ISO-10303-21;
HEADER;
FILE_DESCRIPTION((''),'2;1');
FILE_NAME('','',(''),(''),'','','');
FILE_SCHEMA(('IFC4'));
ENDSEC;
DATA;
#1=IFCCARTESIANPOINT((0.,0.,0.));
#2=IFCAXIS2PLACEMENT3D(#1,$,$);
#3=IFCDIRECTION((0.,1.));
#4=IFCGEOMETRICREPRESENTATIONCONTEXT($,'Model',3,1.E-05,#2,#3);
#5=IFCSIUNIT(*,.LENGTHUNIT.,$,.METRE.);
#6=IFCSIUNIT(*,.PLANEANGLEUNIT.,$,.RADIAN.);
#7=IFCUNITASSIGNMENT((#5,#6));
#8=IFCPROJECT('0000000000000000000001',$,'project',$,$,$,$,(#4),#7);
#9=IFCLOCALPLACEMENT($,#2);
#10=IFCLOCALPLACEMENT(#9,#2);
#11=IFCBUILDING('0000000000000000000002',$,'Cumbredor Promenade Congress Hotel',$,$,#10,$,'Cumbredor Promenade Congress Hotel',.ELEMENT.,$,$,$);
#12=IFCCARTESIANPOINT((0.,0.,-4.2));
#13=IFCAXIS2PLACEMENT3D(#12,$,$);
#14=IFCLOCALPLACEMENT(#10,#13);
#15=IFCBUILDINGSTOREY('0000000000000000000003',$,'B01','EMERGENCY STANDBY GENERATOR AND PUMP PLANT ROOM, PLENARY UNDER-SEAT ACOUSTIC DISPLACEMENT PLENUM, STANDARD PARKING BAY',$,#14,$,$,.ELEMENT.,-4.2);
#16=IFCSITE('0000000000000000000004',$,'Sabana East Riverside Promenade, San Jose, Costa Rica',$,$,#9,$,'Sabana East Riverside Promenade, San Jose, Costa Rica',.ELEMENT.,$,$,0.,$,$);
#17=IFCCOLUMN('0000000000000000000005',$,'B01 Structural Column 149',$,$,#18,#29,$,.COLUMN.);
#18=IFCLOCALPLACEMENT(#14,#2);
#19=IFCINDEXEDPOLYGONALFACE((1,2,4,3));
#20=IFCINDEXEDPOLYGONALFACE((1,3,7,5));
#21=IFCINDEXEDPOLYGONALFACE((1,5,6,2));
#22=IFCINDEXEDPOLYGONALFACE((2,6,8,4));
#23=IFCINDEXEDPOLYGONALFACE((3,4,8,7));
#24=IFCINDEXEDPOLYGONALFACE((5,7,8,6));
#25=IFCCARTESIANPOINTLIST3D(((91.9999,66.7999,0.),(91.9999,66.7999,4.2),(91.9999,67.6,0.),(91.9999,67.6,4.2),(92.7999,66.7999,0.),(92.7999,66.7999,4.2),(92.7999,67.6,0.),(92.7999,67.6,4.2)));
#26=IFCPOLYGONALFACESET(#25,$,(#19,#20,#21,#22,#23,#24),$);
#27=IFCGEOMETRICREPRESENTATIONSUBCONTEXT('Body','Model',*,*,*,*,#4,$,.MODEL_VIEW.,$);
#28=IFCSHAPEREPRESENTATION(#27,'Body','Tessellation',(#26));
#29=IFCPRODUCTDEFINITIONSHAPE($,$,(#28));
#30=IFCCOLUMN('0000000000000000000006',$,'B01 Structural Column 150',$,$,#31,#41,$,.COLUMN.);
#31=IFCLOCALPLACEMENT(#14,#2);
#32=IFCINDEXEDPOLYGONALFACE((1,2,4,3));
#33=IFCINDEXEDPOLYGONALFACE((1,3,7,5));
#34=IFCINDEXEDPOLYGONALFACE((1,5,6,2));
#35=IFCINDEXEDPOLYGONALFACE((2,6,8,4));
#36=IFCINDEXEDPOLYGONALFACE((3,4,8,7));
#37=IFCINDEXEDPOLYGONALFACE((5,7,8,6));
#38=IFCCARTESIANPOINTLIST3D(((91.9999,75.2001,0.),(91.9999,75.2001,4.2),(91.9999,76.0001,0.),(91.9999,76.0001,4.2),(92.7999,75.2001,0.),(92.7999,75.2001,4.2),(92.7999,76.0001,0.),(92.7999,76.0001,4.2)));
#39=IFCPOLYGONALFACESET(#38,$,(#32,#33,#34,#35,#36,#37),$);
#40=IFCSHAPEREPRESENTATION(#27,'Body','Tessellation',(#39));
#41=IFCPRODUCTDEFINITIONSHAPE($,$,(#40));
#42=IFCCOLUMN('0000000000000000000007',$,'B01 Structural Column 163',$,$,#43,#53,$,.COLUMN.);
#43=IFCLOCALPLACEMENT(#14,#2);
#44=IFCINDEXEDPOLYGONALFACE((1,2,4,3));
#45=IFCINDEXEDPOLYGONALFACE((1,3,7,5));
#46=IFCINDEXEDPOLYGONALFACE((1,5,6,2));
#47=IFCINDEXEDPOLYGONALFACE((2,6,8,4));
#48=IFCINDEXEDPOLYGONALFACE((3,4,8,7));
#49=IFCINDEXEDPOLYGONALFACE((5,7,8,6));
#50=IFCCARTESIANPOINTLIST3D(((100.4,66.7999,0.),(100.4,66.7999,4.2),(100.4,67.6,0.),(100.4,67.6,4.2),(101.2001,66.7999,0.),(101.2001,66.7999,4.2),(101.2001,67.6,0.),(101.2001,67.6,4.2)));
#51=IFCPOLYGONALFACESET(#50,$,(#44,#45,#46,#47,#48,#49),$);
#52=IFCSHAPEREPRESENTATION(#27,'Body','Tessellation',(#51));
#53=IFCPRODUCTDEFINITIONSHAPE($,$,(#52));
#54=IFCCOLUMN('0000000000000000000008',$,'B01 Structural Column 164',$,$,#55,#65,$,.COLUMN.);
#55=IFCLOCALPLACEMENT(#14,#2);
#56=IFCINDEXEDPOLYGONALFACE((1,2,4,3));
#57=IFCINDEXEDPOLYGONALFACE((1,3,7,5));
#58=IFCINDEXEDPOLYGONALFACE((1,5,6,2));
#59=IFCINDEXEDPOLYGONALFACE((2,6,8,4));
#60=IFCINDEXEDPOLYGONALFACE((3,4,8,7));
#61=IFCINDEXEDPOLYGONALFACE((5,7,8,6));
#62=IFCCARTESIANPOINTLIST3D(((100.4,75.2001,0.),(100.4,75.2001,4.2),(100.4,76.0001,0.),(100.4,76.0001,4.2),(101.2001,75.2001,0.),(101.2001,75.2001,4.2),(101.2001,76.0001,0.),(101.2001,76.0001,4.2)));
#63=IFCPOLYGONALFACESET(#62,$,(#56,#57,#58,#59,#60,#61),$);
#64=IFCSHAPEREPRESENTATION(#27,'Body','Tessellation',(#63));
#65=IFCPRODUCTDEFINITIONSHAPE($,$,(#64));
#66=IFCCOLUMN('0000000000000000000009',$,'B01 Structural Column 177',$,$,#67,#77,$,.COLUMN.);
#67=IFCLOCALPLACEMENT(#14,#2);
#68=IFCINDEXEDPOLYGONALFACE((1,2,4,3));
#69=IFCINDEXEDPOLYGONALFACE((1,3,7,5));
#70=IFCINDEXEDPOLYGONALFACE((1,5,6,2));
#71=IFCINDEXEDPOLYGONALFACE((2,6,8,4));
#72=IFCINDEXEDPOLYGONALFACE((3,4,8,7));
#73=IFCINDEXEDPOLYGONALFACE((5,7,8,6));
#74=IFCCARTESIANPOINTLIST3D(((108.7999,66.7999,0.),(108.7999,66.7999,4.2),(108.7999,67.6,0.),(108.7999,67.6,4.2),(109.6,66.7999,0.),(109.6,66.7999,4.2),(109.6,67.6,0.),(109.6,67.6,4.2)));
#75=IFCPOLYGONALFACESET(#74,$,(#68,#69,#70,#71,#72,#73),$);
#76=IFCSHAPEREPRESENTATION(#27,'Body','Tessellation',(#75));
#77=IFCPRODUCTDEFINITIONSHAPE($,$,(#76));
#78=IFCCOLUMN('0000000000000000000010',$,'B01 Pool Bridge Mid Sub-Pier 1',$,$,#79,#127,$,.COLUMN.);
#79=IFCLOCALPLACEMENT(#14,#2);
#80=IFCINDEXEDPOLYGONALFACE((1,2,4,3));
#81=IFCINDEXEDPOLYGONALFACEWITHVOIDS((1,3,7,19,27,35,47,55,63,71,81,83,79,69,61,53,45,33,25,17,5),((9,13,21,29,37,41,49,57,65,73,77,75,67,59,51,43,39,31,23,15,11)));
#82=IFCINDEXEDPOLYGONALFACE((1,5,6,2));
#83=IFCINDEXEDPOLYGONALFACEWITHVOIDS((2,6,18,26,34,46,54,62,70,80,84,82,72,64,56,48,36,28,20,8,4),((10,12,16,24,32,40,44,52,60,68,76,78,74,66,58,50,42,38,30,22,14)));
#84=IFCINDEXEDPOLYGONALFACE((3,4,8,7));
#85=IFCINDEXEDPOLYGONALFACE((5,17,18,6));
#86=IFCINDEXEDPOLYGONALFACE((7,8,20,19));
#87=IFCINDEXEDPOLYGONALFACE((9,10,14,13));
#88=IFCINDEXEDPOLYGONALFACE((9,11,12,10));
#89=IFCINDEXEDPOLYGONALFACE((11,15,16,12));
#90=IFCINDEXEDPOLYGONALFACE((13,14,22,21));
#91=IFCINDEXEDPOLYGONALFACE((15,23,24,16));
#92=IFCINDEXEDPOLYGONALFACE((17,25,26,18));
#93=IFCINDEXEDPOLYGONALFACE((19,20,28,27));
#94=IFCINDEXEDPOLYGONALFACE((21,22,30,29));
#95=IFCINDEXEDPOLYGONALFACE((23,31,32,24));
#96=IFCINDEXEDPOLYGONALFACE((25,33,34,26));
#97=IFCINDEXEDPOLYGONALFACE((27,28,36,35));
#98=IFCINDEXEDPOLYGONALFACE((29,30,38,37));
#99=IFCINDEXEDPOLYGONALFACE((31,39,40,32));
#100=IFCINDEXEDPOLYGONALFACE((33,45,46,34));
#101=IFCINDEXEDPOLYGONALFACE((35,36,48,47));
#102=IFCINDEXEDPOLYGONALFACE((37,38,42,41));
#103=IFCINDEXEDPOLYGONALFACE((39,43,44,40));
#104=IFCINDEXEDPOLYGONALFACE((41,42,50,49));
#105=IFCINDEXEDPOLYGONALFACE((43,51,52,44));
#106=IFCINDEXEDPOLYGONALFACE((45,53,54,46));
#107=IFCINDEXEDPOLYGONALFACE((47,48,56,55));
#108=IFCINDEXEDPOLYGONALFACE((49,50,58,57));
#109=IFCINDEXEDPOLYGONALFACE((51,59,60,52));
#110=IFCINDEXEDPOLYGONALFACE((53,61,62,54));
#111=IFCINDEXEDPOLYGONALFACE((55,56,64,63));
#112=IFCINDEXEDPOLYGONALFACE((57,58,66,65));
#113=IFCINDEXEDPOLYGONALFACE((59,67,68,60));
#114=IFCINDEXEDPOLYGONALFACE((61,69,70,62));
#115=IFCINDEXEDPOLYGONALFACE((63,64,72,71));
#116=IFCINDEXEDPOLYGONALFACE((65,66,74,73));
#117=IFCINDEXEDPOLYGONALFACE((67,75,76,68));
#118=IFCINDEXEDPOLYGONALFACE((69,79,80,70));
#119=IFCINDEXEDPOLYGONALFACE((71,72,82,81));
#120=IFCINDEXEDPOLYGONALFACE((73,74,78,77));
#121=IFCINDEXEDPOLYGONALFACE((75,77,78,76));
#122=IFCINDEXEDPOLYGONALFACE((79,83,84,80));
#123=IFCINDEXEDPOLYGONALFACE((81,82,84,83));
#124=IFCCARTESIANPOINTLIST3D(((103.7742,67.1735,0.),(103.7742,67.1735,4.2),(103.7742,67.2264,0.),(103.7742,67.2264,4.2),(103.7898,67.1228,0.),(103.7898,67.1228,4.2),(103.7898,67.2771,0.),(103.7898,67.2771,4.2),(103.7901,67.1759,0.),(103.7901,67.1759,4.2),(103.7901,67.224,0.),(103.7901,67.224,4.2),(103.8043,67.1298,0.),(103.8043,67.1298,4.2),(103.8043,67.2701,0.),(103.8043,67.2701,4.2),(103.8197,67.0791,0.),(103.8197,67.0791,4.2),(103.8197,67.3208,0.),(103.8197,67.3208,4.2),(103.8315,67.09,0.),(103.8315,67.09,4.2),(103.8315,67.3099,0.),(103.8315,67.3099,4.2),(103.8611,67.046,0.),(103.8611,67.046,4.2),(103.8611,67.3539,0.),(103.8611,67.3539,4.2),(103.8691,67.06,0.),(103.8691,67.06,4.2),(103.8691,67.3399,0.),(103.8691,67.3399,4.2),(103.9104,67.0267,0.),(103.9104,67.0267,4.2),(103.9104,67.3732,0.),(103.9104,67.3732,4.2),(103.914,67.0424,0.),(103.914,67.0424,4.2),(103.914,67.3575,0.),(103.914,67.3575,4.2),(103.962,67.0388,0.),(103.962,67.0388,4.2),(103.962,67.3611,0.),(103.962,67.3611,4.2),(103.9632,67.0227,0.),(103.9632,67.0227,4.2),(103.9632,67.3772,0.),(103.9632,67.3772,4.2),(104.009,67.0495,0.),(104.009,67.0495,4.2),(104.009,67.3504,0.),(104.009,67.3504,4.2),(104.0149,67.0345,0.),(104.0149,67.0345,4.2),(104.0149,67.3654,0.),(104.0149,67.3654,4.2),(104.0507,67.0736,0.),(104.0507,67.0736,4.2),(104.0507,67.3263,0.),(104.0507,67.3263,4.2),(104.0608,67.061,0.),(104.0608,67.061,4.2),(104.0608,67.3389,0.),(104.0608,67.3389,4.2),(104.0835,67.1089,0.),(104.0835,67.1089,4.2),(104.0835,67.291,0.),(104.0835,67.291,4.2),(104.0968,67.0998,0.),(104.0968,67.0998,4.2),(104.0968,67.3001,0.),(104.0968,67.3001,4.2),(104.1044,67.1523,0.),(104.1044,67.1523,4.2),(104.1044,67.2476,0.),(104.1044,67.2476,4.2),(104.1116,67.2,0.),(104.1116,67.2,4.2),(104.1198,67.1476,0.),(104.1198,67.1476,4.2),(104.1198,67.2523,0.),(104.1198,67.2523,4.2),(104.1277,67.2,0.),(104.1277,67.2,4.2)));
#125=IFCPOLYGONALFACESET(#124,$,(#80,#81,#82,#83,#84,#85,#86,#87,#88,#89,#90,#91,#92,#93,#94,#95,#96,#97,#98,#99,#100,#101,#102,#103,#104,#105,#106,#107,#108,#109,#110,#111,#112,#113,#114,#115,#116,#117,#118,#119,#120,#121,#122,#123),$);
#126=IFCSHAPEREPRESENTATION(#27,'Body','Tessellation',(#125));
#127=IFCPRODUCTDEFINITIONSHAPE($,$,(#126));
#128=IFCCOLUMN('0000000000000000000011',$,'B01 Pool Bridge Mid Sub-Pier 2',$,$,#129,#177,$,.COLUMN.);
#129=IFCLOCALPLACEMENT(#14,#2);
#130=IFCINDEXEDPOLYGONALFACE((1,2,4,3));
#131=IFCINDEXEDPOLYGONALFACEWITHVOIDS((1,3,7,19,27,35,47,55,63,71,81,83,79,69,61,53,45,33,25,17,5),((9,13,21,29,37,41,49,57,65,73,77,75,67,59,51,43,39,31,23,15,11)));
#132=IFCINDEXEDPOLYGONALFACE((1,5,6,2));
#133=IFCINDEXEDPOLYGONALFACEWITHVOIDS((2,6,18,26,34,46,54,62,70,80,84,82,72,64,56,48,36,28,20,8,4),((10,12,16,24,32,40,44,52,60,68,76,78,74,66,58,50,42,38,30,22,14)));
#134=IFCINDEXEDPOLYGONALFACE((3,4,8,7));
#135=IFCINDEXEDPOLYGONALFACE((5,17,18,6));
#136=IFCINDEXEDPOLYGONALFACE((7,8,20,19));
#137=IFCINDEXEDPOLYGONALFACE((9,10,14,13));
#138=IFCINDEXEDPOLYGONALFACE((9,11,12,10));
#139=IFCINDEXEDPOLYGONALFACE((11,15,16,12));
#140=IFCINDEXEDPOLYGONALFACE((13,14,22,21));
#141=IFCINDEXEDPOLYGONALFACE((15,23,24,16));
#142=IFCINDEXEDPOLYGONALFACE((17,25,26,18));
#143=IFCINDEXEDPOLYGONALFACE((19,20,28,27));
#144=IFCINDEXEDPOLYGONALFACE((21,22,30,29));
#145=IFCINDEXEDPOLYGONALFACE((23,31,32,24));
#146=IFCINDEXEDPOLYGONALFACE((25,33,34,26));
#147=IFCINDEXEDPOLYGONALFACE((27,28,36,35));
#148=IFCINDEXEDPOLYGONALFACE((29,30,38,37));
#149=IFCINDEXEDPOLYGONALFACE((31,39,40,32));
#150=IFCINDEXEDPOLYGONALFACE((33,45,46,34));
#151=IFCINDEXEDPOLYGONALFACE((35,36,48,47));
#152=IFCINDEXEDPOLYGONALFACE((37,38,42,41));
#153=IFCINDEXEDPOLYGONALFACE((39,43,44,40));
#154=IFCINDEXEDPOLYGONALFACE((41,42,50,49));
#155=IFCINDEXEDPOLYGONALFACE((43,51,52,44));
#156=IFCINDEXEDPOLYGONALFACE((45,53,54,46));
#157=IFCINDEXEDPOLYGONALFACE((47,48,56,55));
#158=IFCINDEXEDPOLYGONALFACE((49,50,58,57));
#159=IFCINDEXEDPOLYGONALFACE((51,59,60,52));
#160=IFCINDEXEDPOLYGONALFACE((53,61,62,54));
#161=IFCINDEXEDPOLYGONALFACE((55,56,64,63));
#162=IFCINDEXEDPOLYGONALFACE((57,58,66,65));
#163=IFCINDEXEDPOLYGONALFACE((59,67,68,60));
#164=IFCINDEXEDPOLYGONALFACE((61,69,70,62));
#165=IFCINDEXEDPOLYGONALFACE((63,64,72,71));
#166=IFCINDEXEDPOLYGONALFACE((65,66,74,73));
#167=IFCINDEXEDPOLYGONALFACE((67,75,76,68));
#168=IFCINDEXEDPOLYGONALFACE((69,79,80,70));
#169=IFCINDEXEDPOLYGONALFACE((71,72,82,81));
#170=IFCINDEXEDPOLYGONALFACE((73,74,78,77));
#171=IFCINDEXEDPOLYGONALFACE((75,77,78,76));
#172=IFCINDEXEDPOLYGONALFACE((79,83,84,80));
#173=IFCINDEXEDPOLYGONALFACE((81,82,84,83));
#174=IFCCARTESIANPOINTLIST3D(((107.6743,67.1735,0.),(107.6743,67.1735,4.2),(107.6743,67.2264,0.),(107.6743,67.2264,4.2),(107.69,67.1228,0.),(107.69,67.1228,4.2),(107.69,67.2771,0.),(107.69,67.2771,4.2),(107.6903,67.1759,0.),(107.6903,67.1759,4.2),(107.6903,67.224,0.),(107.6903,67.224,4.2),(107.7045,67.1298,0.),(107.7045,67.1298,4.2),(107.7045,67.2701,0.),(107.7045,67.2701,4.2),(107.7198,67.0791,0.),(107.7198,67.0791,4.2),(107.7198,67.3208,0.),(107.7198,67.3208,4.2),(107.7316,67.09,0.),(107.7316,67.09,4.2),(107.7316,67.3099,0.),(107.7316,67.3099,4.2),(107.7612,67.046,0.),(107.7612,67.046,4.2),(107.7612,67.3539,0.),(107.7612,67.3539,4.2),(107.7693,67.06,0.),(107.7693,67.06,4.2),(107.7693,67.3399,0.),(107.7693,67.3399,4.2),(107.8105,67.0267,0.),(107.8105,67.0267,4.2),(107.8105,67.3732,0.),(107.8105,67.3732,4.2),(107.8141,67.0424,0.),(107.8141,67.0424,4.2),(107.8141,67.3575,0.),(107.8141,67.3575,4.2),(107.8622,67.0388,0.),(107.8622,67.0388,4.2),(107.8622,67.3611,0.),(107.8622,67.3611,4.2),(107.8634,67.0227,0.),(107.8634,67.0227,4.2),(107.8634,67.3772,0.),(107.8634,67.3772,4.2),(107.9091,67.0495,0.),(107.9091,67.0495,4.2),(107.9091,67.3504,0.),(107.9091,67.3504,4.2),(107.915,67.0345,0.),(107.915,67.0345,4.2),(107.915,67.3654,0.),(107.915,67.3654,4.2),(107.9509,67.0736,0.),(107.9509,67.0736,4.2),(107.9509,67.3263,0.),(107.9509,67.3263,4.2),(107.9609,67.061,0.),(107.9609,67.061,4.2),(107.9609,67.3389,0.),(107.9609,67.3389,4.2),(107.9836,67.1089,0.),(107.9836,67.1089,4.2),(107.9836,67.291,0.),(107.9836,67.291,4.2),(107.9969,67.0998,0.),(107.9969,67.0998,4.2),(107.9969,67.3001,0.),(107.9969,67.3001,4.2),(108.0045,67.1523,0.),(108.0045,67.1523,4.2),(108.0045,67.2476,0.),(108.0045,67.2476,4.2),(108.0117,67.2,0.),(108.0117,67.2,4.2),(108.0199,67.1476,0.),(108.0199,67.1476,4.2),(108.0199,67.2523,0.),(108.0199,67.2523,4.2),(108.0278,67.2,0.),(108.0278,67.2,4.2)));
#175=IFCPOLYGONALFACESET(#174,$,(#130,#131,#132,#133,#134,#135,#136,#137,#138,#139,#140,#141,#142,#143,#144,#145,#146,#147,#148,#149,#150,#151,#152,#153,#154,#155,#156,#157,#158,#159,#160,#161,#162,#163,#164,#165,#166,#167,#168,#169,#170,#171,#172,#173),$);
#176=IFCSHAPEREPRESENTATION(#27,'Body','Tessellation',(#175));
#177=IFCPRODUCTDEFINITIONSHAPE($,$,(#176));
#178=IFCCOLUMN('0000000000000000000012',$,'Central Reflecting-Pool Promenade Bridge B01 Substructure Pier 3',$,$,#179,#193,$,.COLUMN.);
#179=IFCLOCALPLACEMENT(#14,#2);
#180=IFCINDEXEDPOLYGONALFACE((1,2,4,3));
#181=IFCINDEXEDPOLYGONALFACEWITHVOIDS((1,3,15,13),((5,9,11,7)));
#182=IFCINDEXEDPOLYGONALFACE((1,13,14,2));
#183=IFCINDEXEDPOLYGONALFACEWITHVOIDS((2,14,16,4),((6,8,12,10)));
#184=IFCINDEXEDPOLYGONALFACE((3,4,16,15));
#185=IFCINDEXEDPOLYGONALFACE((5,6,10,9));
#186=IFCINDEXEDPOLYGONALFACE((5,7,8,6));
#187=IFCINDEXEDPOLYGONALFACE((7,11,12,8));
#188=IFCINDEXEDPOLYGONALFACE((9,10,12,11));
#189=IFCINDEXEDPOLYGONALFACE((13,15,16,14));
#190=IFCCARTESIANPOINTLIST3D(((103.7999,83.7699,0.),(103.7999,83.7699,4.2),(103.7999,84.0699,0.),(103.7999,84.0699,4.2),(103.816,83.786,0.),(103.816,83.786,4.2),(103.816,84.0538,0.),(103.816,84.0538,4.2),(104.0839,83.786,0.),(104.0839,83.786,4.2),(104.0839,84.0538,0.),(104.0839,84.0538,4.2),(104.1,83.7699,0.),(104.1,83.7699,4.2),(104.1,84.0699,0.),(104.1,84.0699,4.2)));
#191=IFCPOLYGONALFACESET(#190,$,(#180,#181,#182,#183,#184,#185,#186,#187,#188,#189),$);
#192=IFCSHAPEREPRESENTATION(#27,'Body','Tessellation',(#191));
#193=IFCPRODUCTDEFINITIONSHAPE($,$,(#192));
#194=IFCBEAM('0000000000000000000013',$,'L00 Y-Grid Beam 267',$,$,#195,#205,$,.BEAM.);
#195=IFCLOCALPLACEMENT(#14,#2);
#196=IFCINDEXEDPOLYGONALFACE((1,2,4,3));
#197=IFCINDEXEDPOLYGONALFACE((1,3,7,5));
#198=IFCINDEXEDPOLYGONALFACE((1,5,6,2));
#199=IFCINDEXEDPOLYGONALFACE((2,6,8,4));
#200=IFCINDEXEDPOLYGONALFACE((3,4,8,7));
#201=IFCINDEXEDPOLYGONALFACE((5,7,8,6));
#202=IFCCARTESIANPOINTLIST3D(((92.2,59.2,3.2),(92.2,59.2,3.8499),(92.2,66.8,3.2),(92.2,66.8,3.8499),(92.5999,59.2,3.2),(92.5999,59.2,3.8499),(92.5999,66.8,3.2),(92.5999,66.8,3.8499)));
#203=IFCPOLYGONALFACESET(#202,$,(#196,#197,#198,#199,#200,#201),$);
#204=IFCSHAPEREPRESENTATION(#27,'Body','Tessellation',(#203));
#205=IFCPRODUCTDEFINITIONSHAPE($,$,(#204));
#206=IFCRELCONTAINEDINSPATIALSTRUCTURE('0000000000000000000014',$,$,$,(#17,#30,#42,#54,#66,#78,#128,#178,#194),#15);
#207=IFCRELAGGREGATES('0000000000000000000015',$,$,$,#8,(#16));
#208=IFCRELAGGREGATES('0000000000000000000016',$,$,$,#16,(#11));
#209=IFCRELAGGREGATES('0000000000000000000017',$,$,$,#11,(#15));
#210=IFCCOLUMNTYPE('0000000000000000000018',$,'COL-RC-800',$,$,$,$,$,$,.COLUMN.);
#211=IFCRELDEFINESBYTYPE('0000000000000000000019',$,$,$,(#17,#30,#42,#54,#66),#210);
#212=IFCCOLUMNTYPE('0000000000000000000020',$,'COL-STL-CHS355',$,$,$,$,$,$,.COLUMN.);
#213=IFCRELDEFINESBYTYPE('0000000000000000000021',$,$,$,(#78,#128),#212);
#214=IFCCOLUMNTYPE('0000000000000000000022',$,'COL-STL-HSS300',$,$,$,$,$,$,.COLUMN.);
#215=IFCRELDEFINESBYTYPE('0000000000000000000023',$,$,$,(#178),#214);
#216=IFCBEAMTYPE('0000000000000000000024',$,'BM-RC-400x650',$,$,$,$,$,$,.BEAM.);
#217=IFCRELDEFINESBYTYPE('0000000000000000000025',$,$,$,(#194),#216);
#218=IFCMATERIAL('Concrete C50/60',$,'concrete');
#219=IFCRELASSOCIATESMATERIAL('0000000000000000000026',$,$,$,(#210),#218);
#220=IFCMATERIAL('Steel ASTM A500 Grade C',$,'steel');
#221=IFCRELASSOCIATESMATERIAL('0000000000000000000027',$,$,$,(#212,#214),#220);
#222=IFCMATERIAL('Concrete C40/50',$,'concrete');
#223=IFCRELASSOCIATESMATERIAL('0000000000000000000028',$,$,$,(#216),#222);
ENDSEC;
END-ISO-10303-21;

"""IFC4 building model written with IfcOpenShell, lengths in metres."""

from ifc_helpers import new_model, si_unit, direction, frame, origin, origin_2d, place, context, subcontext, project, spatial, rectangle, hollow_rectangle, hollow_circle, extrude, material, material_profile, profile_set, type_object, element, save


model = new_model("IFC4")

# Units and contexts
model_context = context("Model", 3, precision=1e-05, world=origin(), true_north=direction((0.0, 1.0)))
body_context = subcontext(model_context, "Body", "Model", "MODEL_VIEW")
ifc_project = project(units=[si_unit("LENGTHUNIT", "METRE"), si_unit("PLANEANGLEUNIT", "RADIAN")], contexts=[model_context])

# Site, building, storey
site_placement = place(None, origin())
site = spatial("IfcSite", under=ifc_project, at=site_placement, Name="Sabana East Riverside Promenade, San Jose, Costa Rica", LongName="Sabana East Riverside Promenade, San Jose, Costa Rica", CompositionType="ELEMENT", RefElevation=0.0)
building_placement = place(site_placement, origin())
building = spatial("IfcBuilding", under=site, at=building_placement, Name="Cumbredor Promenade Congress Hotel", LongName="Cumbredor Promenade Congress Hotel", CompositionType="ELEMENT")
storey_placement = place(building_placement, frame((0.0, 0.0, -4.2)))
storey = spatial("IfcBuildingStorey", under=building, at=storey_placement, Name="B01", Description="EMERGENCY STANDBY GENERATOR AND PUMP PLANT ROOM, PLENARY UNDER-SEAT ACOUSTIC DISPLACEMENT PLENUM, STANDARD PARKING BAY", CompositionType="ELEMENT", Elevation=-4.2)

# Columns
ifc_material_1 = material(Name="Concrete C50/60", Category="concrete")
ifc_material_profile_1 = material_profile(ifc_material_1, rectangle(XDim=0.8, YDim=0.8, at=origin_2d()), Name="RC 800x800")
ifc_profile_set_1 = profile_set([ifc_material_profile_1], Name="Concrete C50/60")
column_type_1 = type_object("IfcColumnType", Name="COL-RC-800", PredefinedType="COLUMN", material=ifc_profile_set_1)
for number, where, z_axis, x_axis, name in (
    (1, (92.3999, 67.2, 0.0), (0.0, 0.0, 1.0), (1.0, 0.0, 0.0), "B01 Structural Column 149"),
    (2, (92.3999, 75.6001, 0.0), (0.0, 0.0, 1.0), (1.0, 0.0, 0.0), "B01 Structural Column 150"),
    (3, (100.8, 67.2, 0.0), (0.0, 0.0, 1.0), (1.0, 0.0, 0.0), "B01 Structural Column 163"),
    (4, (100.8, 75.6001, 0.0), (0.0, 0.0, 1.0), (1.0, 0.0, 0.0), "B01 Structural Column 164"),
    (5, (109.2, 67.2, 0.0), (0.0, 0.0, 1.0), (1.0, 0.0, 0.0), "B01 Structural Column 177"),
):
    element("IfcColumn", number, at=place(storey_placement, frame(where, z_axis=z_axis, x_axis=x_axis)), inside=storey, type_object=column_type_1, Name=name, PredefinedType="COLUMN", context=body_context, shape_type="SweptSolid", body=[
        extrude(rectangle(XDim=0.8, YDim=0.8, at=origin_2d()), origin(), (0.0, 0.0, 1.0), 4.2),
    ])
ifc_material_2 = material(Name="Steel ASTM A500 Grade C", Category="steel")
ifc_material_profile_2 = material_profile(ifc_material_2, hollow_circle(Radius=0.1777, WallThickness=0.0161, at=origin_2d()), Name="CHS 355.6x16")
ifc_profile_set_2 = profile_set([ifc_material_profile_2], Name="Steel ASTM A500 Grade C")
column_type_2 = type_object("IfcColumnType", Name="COL-STL-CHS355", PredefinedType="COLUMN", material=ifc_profile_set_2)
for number, where, z_axis, x_axis, name in (
    (6, (103.95, 67.2, 0.0), (0.0, 0.0, 1.0), (1.0, 0.0, 0.0), "B01 Pool Bridge Mid Sub-Pier 1"),
    (7, (107.8501, 67.2, 0.0), (0.0, 0.0, 1.0), (1.0, 0.0, 0.0), "B01 Pool Bridge Mid Sub-Pier 2"),
):
    element("IfcColumn", number, at=place(storey_placement, frame(where, z_axis=z_axis, x_axis=x_axis)), inside=storey, type_object=column_type_2, Name=name, PredefinedType="COLUMN", context=body_context, shape_type="SweptSolid", body=[
        extrude(hollow_circle(Radius=0.1777, WallThickness=0.0161, at=origin_2d()), origin(), (0.0, 0.0, 1.0), 4.2),
    ])
ifc_material_profile_3 = material_profile(ifc_material_2, hollow_rectangle(XDim=0.3, YDim=0.3, WallThickness=0.0161, at=origin_2d()), Name="HSS 300x300x16")
ifc_profile_set_3 = profile_set([ifc_material_profile_3], Name="Steel ASTM A500 Grade C")
column_type_3 = type_object("IfcColumnType", Name="COL-STL-HSS300", PredefinedType="COLUMN", material=ifc_profile_set_3)
column_placement = place(storey_placement, frame((103.95, 83.9199, 0.0), z_axis=(0.0, 0.0, 1.0), x_axis=(1.0, 0.0, 0.0)))
element("IfcColumn", 8, at=column_placement, inside=storey, type_object=column_type_3, Name="Central Reflecting-Pool Promenade Bridge B01 Substructure Pier 3", PredefinedType="COLUMN", context=body_context, shape_type="SweptSolid", body=[
    extrude(hollow_rectangle(XDim=0.3, YDim=0.3, WallThickness=0.0161, at=origin_2d()), origin(), (0.0, 0.0, 1.0), 4.2),
])

# Beam
ifc_material_3 = material(Name="Concrete C40/50", Category="concrete")
ifc_material_profile_4 = material_profile(ifc_material_3, rectangle(XDim=0.3999, YDim=0.6499, at=origin_2d()), Name="RC BEAM 400x650")
ifc_profile_set_4 = profile_set([ifc_material_profile_4], Name="Concrete C40/50")
beam_type_1 = type_object("IfcBeamType", Name="BM-RC-400x650", PredefinedType="BEAM", material=ifc_profile_set_4)
for number, where, z_axis, x_axis, name in (
    (9, (92.3999, 59.2, 3.5249), (0.0, 1.0, 0.0), (-1.0, 0.0, 0.0), "L00 Y-Grid Beam 267"),
):
    element("IfcBeam", number, at=place(storey_placement, frame(where, z_axis=z_axis, x_axis=x_axis)), inside=storey, type_object=beam_type_1, Name=name, PredefinedType="BEAM", context=body_context, shape_type="SweptSolid", body=[
        extrude(rectangle(XDim=0.3999, YDim=0.6499, at=origin_2d()), origin(), (0.0, 0.0, 1.0), 7.6001),
    ])

save(model, "model.ifc")
